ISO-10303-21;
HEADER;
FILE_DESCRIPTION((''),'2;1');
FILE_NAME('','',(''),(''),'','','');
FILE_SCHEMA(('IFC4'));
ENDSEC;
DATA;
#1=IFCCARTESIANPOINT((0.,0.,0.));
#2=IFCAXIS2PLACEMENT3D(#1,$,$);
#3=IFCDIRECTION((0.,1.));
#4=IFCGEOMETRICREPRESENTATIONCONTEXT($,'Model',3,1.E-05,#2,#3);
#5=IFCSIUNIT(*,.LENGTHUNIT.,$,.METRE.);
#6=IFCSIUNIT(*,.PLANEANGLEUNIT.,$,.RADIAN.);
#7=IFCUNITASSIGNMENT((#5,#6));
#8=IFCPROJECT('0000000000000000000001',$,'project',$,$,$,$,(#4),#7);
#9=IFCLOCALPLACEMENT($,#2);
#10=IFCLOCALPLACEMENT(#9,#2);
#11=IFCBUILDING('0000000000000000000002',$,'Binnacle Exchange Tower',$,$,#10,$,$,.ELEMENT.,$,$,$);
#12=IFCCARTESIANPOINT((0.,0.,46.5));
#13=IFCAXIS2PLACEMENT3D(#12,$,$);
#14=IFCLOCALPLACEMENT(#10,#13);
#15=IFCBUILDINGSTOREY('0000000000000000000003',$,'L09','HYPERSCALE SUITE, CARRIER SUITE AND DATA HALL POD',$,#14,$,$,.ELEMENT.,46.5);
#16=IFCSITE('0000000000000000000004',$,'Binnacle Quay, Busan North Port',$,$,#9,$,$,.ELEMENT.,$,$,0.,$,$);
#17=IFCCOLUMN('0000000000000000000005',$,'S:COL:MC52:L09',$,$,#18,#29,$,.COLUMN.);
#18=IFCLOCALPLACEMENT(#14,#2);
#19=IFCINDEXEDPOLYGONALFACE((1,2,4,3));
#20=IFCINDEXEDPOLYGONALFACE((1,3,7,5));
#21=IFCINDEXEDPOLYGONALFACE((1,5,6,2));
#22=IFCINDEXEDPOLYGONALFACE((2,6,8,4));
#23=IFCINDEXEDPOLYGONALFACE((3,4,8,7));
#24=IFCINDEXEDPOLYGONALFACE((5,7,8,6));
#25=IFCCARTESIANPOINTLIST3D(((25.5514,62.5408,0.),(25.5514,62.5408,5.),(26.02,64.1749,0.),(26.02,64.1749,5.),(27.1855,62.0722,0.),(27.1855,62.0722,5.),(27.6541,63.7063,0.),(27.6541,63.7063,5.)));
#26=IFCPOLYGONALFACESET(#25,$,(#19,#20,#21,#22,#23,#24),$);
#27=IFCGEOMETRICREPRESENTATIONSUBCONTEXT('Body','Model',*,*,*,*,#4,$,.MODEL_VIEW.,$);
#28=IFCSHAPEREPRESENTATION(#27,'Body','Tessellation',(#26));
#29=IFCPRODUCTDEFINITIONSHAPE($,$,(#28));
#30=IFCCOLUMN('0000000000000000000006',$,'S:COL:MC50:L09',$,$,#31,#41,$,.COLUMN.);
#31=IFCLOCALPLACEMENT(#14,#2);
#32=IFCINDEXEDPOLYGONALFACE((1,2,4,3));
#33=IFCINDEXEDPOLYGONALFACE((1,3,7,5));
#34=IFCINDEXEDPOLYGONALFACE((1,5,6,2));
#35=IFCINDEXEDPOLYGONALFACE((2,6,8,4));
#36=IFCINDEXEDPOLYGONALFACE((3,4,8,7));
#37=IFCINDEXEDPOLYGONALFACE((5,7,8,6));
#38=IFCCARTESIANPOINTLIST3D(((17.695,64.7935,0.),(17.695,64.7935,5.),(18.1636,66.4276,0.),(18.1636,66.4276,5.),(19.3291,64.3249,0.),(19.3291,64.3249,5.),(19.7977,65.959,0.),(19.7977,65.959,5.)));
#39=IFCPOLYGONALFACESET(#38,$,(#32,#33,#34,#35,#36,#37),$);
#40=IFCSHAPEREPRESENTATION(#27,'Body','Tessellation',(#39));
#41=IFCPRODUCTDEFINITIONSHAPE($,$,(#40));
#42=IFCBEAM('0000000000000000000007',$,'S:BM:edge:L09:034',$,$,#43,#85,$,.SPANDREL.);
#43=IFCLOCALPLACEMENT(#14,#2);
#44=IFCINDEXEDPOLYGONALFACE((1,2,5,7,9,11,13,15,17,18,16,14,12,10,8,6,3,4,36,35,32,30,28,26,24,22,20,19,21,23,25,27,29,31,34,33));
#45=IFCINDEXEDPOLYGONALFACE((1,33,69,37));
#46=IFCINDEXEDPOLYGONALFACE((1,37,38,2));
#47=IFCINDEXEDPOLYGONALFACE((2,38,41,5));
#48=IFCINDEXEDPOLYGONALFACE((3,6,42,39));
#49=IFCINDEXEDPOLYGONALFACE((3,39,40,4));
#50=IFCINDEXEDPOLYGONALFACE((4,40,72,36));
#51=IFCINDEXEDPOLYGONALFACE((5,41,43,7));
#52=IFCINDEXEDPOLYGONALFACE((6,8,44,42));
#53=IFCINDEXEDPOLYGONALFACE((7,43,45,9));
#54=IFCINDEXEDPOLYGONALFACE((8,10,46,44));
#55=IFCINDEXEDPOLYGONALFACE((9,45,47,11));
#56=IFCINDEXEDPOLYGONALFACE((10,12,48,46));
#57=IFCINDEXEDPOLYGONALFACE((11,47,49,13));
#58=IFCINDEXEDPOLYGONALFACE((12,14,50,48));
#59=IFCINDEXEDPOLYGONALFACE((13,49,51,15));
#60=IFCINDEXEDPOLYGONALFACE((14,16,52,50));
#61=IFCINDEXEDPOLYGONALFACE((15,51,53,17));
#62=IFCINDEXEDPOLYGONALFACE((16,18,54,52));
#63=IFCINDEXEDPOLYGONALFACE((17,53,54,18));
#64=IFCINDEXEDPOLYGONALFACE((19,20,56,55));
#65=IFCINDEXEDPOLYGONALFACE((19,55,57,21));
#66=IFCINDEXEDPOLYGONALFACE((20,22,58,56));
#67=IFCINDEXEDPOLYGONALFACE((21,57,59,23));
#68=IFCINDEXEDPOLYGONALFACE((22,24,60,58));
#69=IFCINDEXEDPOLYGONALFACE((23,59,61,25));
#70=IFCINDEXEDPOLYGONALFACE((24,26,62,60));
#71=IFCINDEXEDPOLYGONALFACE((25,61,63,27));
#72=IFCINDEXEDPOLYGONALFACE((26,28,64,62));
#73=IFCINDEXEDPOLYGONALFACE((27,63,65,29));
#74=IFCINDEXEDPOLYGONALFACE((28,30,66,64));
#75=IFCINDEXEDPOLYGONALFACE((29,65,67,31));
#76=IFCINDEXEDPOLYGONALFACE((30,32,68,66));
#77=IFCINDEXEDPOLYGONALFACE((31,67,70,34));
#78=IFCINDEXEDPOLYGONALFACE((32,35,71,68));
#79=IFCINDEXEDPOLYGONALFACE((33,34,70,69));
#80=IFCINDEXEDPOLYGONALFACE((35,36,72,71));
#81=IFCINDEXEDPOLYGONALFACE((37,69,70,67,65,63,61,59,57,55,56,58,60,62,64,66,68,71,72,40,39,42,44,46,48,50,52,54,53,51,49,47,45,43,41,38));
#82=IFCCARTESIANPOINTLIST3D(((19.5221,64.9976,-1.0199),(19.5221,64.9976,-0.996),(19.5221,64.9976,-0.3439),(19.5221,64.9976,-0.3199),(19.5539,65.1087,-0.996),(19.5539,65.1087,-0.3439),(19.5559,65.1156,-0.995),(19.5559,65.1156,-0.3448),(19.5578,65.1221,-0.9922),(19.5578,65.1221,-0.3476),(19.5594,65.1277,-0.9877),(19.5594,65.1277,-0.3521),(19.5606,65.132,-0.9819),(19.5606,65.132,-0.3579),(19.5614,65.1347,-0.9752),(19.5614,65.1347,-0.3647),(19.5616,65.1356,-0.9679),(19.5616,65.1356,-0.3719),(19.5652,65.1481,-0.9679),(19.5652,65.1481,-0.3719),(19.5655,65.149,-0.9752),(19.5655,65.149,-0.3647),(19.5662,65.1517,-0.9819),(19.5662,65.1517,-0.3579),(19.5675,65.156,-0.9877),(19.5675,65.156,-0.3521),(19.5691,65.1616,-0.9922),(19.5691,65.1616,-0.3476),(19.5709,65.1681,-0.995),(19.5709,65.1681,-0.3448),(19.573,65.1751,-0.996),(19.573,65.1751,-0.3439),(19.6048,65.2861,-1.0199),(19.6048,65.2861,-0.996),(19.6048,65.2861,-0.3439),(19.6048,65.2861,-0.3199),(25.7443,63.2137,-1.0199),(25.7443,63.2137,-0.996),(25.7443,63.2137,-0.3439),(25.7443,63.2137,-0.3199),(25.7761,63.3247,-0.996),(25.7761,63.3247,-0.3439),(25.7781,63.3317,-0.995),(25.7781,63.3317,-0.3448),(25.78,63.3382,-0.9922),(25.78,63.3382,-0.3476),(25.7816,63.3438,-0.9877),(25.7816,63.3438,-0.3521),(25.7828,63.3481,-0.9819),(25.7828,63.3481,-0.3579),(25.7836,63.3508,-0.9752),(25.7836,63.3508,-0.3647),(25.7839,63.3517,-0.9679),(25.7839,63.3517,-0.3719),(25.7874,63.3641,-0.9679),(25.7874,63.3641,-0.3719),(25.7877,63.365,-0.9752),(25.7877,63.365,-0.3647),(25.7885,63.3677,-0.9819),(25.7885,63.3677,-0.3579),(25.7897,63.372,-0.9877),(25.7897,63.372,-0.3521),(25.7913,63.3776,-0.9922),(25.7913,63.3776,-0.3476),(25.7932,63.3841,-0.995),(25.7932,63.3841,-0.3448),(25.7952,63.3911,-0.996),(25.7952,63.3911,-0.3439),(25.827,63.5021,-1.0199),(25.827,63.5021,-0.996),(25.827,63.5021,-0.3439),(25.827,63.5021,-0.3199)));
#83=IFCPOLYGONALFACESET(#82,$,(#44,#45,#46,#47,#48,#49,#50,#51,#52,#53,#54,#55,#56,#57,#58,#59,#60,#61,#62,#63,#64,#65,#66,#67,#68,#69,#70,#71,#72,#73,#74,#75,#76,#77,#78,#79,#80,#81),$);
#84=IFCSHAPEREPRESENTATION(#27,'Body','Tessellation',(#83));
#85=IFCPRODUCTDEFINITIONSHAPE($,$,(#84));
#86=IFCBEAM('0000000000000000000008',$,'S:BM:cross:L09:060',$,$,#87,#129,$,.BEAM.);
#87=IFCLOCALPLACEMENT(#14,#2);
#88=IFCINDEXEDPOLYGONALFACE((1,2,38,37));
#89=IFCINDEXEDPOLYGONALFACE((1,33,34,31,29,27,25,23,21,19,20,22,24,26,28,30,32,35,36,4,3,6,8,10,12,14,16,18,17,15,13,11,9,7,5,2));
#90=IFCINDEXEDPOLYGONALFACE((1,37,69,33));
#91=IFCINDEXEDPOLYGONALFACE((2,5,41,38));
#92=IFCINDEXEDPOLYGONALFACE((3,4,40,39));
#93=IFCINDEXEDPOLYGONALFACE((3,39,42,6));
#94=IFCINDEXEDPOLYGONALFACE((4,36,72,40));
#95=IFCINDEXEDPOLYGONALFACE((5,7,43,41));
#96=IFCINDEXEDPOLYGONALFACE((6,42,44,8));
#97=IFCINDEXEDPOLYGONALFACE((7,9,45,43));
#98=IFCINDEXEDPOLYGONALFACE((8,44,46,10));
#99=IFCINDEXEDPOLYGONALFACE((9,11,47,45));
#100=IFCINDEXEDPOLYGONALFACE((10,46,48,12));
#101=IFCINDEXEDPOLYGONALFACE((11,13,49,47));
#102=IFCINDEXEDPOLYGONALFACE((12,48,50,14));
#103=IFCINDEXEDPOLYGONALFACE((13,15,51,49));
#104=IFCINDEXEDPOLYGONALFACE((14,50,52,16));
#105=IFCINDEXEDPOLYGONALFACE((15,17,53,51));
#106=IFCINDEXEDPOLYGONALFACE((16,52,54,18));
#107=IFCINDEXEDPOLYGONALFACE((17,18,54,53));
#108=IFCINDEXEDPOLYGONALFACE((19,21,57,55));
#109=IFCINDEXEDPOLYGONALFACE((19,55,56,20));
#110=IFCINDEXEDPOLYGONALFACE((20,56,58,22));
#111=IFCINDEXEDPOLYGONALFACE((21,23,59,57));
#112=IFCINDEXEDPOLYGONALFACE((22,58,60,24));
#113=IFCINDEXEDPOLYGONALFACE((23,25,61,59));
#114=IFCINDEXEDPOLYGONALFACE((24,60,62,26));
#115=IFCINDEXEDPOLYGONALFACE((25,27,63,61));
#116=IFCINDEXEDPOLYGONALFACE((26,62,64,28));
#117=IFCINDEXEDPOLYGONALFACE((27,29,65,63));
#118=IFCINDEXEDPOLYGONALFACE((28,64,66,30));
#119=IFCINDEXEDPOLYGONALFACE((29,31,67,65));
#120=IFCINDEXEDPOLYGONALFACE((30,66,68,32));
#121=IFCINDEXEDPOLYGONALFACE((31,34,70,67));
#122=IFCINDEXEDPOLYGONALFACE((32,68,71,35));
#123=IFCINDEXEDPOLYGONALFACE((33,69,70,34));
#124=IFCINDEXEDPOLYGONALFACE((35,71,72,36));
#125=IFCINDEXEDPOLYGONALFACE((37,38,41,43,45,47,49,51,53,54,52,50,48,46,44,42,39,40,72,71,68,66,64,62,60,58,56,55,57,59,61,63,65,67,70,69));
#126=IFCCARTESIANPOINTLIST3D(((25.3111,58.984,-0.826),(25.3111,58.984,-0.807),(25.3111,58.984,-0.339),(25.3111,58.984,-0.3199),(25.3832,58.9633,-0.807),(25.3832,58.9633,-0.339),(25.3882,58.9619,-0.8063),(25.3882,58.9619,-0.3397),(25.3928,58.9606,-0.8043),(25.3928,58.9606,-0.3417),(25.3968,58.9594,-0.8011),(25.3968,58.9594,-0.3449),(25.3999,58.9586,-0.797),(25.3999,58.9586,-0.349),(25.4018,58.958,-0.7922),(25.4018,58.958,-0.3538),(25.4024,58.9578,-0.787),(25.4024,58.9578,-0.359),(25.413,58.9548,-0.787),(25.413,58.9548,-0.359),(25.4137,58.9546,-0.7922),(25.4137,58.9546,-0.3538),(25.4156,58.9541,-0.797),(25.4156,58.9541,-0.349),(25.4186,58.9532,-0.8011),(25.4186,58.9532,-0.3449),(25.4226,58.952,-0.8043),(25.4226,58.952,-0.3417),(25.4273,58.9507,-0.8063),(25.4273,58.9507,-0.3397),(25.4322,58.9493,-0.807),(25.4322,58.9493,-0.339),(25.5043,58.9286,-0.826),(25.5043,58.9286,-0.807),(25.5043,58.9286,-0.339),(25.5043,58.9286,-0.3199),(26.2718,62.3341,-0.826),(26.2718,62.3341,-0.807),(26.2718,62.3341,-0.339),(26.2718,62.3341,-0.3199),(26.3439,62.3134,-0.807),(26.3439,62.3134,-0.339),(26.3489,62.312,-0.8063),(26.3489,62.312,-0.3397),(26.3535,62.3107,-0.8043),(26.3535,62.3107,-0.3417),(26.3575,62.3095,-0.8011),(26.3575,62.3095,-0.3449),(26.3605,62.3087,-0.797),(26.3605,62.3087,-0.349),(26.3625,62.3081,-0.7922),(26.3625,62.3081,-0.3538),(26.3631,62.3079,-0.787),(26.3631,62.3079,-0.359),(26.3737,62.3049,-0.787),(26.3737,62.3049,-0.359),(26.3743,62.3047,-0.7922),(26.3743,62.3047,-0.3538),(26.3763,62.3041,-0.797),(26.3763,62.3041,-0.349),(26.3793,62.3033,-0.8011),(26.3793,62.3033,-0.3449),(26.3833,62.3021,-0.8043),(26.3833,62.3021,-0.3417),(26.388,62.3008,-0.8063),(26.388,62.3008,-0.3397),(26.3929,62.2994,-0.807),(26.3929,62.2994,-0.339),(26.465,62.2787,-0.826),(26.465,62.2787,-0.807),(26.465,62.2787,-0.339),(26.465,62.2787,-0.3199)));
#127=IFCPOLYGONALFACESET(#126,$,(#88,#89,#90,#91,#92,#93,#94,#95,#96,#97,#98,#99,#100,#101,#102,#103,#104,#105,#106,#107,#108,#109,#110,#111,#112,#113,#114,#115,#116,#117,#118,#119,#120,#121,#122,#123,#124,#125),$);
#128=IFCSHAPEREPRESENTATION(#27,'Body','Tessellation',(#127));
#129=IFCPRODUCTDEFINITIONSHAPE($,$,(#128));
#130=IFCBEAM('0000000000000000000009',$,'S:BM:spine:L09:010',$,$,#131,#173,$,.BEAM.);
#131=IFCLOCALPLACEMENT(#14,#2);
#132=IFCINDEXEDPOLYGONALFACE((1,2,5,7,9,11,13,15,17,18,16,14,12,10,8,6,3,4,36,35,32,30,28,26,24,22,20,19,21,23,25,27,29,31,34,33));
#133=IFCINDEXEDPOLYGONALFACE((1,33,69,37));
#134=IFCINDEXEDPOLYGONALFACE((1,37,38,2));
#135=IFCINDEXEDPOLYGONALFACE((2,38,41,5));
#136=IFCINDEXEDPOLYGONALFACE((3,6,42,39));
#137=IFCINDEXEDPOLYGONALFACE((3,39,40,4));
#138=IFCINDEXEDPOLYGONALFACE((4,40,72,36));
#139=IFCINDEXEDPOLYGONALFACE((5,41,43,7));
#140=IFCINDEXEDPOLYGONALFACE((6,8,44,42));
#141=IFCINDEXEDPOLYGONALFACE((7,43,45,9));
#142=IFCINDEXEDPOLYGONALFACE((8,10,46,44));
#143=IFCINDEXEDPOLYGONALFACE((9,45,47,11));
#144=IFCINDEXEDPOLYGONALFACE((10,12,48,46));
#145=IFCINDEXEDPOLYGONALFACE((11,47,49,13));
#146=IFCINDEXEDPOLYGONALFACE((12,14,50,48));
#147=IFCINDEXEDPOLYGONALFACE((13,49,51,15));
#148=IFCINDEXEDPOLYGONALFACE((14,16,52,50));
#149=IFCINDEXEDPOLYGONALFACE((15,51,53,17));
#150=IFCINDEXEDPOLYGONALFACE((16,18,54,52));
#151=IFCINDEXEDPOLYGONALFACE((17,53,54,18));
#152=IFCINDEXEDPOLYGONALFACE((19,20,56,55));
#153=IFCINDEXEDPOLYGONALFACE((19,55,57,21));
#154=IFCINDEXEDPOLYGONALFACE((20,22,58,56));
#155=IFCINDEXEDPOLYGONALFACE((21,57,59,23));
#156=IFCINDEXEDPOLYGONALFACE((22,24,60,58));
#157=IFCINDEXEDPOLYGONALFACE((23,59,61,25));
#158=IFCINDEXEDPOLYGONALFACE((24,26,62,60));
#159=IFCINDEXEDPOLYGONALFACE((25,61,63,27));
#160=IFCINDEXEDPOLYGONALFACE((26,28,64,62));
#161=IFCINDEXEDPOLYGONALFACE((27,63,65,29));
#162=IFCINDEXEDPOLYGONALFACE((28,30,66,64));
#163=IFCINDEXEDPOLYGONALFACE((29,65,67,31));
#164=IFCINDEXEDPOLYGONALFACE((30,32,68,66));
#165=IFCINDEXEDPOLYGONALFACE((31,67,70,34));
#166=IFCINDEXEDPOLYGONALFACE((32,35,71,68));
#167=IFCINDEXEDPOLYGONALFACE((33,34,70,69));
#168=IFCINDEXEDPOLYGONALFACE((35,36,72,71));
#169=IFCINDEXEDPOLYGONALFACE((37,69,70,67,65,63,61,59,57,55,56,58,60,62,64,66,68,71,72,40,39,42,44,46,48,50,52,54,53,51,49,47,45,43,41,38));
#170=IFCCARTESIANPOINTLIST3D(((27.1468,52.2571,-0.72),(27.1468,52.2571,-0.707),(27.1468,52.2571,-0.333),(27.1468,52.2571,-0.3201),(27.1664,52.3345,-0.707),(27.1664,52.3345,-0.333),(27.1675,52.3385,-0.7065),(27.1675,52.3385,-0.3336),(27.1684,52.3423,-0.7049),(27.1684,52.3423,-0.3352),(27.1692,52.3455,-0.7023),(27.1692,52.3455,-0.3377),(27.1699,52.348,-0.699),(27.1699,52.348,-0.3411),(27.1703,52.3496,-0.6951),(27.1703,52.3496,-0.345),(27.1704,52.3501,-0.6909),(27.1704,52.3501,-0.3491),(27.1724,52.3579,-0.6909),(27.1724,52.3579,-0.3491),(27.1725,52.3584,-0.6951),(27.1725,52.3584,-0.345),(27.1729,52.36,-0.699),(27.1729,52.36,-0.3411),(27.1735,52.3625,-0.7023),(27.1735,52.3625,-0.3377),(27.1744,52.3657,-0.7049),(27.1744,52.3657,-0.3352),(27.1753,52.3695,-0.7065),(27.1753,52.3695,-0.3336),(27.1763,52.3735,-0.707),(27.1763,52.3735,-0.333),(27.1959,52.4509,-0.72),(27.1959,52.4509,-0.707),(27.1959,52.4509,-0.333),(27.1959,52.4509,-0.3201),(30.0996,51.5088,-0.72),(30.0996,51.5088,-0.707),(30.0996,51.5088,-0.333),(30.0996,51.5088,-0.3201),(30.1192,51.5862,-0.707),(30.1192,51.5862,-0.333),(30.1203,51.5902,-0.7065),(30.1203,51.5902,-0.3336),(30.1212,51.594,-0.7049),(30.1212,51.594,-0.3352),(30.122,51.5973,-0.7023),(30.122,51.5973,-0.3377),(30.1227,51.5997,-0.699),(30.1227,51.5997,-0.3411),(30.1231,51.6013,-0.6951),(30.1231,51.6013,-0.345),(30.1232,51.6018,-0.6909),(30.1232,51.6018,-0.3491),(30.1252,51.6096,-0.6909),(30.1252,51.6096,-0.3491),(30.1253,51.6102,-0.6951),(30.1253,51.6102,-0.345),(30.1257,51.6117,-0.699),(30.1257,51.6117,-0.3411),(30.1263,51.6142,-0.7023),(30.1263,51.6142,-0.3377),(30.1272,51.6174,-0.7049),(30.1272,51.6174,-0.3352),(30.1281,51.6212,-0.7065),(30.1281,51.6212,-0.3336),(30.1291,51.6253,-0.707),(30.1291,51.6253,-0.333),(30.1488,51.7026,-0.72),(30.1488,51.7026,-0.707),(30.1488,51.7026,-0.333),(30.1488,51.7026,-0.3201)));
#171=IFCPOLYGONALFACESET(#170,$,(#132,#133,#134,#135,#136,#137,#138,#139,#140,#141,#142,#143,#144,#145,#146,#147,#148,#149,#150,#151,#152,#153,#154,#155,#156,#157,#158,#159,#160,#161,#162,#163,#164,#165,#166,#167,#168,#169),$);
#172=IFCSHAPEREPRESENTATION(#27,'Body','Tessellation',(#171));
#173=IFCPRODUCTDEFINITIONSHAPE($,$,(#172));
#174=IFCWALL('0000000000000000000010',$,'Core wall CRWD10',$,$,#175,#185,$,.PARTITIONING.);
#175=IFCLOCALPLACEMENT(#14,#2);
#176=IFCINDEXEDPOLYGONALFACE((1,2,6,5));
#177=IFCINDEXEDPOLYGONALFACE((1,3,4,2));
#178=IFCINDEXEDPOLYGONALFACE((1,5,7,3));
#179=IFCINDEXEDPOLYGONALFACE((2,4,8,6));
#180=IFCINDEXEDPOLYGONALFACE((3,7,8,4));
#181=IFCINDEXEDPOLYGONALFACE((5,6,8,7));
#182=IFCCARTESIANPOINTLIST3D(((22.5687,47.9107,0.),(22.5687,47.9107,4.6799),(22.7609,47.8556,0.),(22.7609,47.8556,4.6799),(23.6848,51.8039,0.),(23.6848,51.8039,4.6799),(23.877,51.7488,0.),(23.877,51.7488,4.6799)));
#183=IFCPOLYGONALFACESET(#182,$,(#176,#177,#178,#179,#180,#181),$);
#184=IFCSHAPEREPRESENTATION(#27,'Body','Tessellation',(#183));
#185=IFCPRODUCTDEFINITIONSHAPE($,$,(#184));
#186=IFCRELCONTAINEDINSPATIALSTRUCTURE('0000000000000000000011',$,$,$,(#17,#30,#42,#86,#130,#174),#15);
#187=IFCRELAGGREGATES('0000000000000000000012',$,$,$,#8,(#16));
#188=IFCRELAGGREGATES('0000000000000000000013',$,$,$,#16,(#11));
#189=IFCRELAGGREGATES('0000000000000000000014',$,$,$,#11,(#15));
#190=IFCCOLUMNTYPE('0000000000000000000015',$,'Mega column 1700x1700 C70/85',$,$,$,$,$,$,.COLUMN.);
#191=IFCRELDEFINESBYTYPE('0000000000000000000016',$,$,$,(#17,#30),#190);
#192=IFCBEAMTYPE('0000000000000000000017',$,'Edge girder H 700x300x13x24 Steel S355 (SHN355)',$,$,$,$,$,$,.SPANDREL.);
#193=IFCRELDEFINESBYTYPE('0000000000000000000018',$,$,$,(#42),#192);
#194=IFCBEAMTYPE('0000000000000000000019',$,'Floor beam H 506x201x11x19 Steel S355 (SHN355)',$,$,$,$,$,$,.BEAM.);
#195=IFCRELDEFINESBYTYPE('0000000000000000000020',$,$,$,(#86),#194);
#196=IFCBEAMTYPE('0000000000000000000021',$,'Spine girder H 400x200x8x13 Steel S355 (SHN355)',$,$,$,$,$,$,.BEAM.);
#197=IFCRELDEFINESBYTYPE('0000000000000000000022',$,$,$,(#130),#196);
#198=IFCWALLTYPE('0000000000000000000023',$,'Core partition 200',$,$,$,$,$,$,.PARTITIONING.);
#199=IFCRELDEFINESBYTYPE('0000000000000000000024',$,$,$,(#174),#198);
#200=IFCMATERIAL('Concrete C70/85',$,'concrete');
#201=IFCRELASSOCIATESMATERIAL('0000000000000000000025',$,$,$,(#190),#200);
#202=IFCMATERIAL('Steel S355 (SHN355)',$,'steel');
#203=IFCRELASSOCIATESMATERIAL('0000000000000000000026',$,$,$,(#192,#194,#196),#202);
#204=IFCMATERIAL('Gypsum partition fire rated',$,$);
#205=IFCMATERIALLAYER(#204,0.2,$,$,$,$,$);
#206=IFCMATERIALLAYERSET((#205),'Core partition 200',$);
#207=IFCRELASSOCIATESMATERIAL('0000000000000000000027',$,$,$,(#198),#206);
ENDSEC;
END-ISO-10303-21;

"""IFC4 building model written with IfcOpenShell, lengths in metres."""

from ifc_helpers import new_model, si_unit, direction, frame, frame_2d, origin, origin_2d, place, context, subcontext, project, spatial, rectangle, i_section, extrude, material, layer, layer_set, material_profile, profile_set, type_object, element, save


model = new_model("IFC4")

# Units and contexts
model_context = context("Model", 3, precision=1e-05, world=origin(), true_north=direction((0.0, 1.0)))
body_context = subcontext(model_context, "Body", "Model", "MODEL_VIEW")
ifc_project = project(units=[si_unit("LENGTHUNIT", "METRE"), si_unit("PLANEANGLEUNIT", "RADIAN")], contexts=[model_context])

# Site, building, storey
site_placement = place(None, origin())
site = spatial("IfcSite", under=ifc_project, at=site_placement, Name="Binnacle Quay, Busan North Port", CompositionType="ELEMENT", RefElevation=0.0)
building_placement = place(site_placement, origin())
building = spatial("IfcBuilding", under=site, at=building_placement, Name="Binnacle Exchange Tower", CompositionType="ELEMENT")
storey_placement = place(building_placement, frame((0.0, 0.0, 46.5)))
storey = spatial("IfcBuildingStorey", under=building, at=storey_placement, Name="L09", Description="HYPERSCALE SUITE, CARRIER SUITE AND DATA HALL POD", CompositionType="ELEMENT", Elevation=46.5)

# Columns
ifc_material_1 = material(Name="Concrete C70/85", Category="concrete")
ifc_material_profile_1 = material_profile(ifc_material_1, rectangle(XDim=1.7, YDim=1.7, at=origin_2d()), Name="Mega column 1700x1700 C70/85")
ifc_profile_set_1 = profile_set([ifc_material_profile_1], Name="Concrete C70/85")
column_type = type_object("IfcColumnType", Name="Mega column 1700x1700 C70/85", PredefinedType="COLUMN", material=ifc_profile_set_1)
for number, where, z_axis, x_axis, name in (
    (1, (26.6028, 63.1235, 0.0), (0.0, 0.0, 1.0), (-0.961262, 0.275637, 0.0), "S:COL:MC52:L09"),
    (2, (18.7463, 65.3762, 0.0), (0.0, 0.0, 1.0), (-0.961262, 0.275637, 0.0), "S:COL:MC50:L09"),
):
    element("IfcColumn", number, at=place(storey_placement, frame(where, z_axis=z_axis, x_axis=x_axis)), inside=storey, type_object=column_type, Name=name, PredefinedType="COLUMN", context=body_context, shape_type="SweptSolid", body=[
        extrude(rectangle(XDim=1.7, YDim=1.7, at=origin_2d()), origin(), (0.0, 0.0, 1.0), 5.0),
    ])

# Beams
ifc_material_2 = material(Name="Steel S355 (SHN355)", Category="steel")
ifc_material_profile_2 = material_profile(ifc_material_2, i_section(OverallWidth=0.3, OverallDepth=0.7, WebThickness=0.0129, FlangeThickness=0.0239, FilletRadius=0.0281, at=origin_2d()), Name="H 700x300x13x24")
ifc_profile_set_2 = profile_set([ifc_material_profile_2], Name="Steel S355 (SHN355)")
beam_type_1 = type_object("IfcBeamType", Name="Edge girder H 700x300x13x24 Steel S355 (SHN355)", PredefinedType="SPANDREL", material=ifc_profile_set_2)
beam_1_placement = place(storey_placement, frame((25.7856, 63.3579, -0.6699), z_axis=(-0.961272, 0.275603, 0.0), x_axis=(-0.275603, -0.961272, 0.0)))
element("IfcBeam", 3, at=beam_1_placement, inside=storey, type_object=beam_type_1, Name="S:BM:edge:L09:034", PredefinedType="SPANDREL", context=body_context, shape_type="SweptSolid", body=[
    extrude(i_section(OverallWidth=0.3, OverallDepth=0.7, WebThickness=0.0129, FlangeThickness=0.0239, FilletRadius=0.0281, at=origin_2d()), origin(), (0.0, 0.0, 1.0), 6.4729),
])
ifc_material_profile_3 = material_profile(ifc_material_2, i_section(OverallWidth=0.2009, OverallDepth=0.5061, WebThickness=0.011, FlangeThickness=0.019, FilletRadius=0.02, at=origin_2d()), Name="H 506x201x11x19")
ifc_profile_set_3 = profile_set([ifc_material_profile_3], Name="Steel S355 (SHN355)")
beam_type_2 = type_object("IfcBeamType", Name="Floor beam H 506x201x11x19 Steel S355 (SHN355)", PredefinedType="BEAM", material=ifc_profile_set_3)
beam_2_placement = place(storey_placement, frame((26.3684, 62.3064, -0.573), z_axis=(-0.275655, -0.961257, 0.0), x_axis=(0.961257, -0.275655, 0.0)))
element("IfcBeam", 4, at=beam_2_placement, inside=storey, type_object=beam_type_2, Name="S:BM:cross:L09:060", PredefinedType="BEAM", context=body_context, shape_type="SweptSolid", body=[
    extrude(i_section(OverallWidth=0.2009, OverallDepth=0.5061, WebThickness=0.011, FlangeThickness=0.019, FilletRadius=0.02, at=origin_2d()), origin(), (0.0, 0.0, 1.0), 3.4851),
])
ifc_material_profile_4 = material_profile(ifc_material_2, i_section(OverallWidth=0.2, OverallDepth=0.3999, WebThickness=0.0081, FlangeThickness=0.0129, FilletRadius=0.0161, at=origin_2d()), Name="H 400x200x8x13")
ifc_profile_set_4 = profile_set([ifc_material_profile_4], Name="Steel S355 (SHN355)")
beam_type_3 = type_object("IfcBeamType", Name="Spine girder H 400x200x8x13 Steel S355 (SHN355)", PredefinedType="BEAM", material=ifc_profile_set_4)
beam_3_placement = place(storey_placement, frame((27.1714, 52.354, -0.52), z_axis=(0.96936, -0.245646, 0.0), x_axis=(0.245646, 0.96936, 0.0)))
element("IfcBeam", 5, at=beam_3_placement, inside=storey, type_object=beam_type_3, Name="S:BM:spine:L09:010", PredefinedType="BEAM", context=body_context, shape_type="SweptSolid", body=[
    extrude(i_section(OverallWidth=0.2, OverallDepth=0.3999, WebThickness=0.0081, FlangeThickness=0.0129, FilletRadius=0.0161, at=origin_2d()), origin(), (0.0, 0.0, 1.0), 3.0461),
])

# Wall
ifc_material_3 = material(Name="Gypsum partition fire rated")
ifc_layer_1 = layer(ifc_material_3, 0.2)
ifc_layer_set_1 = layer_set([ifc_layer_1], Name="Core partition 200")
wall_type_1 = type_object("IfcWallType", Name="Core partition 200", PredefinedType="PARTITIONING", material=ifc_layer_set_1)
wall_1_placement = place(storey_placement, frame((22.6648, 47.8833, 0.0), z_axis=(0.0, 0.0, 1.0), x_axis=(0.275597, 0.961273, 0.0)))
element("IfcWall", 6, at=wall_1_placement, inside=storey, type_object=wall_type_1, Name="Core wall CRWD10", PredefinedType="PARTITIONING", context=body_context, shape_type="SweptSolid", body=[
    extrude(rectangle(XDim=4.05, YDim=0.2, at=frame_2d((2.0249, 0.0))), origin(), (0.0, 0.0, 1.0), 4.6799),
])

save(model, "model.ifc")
